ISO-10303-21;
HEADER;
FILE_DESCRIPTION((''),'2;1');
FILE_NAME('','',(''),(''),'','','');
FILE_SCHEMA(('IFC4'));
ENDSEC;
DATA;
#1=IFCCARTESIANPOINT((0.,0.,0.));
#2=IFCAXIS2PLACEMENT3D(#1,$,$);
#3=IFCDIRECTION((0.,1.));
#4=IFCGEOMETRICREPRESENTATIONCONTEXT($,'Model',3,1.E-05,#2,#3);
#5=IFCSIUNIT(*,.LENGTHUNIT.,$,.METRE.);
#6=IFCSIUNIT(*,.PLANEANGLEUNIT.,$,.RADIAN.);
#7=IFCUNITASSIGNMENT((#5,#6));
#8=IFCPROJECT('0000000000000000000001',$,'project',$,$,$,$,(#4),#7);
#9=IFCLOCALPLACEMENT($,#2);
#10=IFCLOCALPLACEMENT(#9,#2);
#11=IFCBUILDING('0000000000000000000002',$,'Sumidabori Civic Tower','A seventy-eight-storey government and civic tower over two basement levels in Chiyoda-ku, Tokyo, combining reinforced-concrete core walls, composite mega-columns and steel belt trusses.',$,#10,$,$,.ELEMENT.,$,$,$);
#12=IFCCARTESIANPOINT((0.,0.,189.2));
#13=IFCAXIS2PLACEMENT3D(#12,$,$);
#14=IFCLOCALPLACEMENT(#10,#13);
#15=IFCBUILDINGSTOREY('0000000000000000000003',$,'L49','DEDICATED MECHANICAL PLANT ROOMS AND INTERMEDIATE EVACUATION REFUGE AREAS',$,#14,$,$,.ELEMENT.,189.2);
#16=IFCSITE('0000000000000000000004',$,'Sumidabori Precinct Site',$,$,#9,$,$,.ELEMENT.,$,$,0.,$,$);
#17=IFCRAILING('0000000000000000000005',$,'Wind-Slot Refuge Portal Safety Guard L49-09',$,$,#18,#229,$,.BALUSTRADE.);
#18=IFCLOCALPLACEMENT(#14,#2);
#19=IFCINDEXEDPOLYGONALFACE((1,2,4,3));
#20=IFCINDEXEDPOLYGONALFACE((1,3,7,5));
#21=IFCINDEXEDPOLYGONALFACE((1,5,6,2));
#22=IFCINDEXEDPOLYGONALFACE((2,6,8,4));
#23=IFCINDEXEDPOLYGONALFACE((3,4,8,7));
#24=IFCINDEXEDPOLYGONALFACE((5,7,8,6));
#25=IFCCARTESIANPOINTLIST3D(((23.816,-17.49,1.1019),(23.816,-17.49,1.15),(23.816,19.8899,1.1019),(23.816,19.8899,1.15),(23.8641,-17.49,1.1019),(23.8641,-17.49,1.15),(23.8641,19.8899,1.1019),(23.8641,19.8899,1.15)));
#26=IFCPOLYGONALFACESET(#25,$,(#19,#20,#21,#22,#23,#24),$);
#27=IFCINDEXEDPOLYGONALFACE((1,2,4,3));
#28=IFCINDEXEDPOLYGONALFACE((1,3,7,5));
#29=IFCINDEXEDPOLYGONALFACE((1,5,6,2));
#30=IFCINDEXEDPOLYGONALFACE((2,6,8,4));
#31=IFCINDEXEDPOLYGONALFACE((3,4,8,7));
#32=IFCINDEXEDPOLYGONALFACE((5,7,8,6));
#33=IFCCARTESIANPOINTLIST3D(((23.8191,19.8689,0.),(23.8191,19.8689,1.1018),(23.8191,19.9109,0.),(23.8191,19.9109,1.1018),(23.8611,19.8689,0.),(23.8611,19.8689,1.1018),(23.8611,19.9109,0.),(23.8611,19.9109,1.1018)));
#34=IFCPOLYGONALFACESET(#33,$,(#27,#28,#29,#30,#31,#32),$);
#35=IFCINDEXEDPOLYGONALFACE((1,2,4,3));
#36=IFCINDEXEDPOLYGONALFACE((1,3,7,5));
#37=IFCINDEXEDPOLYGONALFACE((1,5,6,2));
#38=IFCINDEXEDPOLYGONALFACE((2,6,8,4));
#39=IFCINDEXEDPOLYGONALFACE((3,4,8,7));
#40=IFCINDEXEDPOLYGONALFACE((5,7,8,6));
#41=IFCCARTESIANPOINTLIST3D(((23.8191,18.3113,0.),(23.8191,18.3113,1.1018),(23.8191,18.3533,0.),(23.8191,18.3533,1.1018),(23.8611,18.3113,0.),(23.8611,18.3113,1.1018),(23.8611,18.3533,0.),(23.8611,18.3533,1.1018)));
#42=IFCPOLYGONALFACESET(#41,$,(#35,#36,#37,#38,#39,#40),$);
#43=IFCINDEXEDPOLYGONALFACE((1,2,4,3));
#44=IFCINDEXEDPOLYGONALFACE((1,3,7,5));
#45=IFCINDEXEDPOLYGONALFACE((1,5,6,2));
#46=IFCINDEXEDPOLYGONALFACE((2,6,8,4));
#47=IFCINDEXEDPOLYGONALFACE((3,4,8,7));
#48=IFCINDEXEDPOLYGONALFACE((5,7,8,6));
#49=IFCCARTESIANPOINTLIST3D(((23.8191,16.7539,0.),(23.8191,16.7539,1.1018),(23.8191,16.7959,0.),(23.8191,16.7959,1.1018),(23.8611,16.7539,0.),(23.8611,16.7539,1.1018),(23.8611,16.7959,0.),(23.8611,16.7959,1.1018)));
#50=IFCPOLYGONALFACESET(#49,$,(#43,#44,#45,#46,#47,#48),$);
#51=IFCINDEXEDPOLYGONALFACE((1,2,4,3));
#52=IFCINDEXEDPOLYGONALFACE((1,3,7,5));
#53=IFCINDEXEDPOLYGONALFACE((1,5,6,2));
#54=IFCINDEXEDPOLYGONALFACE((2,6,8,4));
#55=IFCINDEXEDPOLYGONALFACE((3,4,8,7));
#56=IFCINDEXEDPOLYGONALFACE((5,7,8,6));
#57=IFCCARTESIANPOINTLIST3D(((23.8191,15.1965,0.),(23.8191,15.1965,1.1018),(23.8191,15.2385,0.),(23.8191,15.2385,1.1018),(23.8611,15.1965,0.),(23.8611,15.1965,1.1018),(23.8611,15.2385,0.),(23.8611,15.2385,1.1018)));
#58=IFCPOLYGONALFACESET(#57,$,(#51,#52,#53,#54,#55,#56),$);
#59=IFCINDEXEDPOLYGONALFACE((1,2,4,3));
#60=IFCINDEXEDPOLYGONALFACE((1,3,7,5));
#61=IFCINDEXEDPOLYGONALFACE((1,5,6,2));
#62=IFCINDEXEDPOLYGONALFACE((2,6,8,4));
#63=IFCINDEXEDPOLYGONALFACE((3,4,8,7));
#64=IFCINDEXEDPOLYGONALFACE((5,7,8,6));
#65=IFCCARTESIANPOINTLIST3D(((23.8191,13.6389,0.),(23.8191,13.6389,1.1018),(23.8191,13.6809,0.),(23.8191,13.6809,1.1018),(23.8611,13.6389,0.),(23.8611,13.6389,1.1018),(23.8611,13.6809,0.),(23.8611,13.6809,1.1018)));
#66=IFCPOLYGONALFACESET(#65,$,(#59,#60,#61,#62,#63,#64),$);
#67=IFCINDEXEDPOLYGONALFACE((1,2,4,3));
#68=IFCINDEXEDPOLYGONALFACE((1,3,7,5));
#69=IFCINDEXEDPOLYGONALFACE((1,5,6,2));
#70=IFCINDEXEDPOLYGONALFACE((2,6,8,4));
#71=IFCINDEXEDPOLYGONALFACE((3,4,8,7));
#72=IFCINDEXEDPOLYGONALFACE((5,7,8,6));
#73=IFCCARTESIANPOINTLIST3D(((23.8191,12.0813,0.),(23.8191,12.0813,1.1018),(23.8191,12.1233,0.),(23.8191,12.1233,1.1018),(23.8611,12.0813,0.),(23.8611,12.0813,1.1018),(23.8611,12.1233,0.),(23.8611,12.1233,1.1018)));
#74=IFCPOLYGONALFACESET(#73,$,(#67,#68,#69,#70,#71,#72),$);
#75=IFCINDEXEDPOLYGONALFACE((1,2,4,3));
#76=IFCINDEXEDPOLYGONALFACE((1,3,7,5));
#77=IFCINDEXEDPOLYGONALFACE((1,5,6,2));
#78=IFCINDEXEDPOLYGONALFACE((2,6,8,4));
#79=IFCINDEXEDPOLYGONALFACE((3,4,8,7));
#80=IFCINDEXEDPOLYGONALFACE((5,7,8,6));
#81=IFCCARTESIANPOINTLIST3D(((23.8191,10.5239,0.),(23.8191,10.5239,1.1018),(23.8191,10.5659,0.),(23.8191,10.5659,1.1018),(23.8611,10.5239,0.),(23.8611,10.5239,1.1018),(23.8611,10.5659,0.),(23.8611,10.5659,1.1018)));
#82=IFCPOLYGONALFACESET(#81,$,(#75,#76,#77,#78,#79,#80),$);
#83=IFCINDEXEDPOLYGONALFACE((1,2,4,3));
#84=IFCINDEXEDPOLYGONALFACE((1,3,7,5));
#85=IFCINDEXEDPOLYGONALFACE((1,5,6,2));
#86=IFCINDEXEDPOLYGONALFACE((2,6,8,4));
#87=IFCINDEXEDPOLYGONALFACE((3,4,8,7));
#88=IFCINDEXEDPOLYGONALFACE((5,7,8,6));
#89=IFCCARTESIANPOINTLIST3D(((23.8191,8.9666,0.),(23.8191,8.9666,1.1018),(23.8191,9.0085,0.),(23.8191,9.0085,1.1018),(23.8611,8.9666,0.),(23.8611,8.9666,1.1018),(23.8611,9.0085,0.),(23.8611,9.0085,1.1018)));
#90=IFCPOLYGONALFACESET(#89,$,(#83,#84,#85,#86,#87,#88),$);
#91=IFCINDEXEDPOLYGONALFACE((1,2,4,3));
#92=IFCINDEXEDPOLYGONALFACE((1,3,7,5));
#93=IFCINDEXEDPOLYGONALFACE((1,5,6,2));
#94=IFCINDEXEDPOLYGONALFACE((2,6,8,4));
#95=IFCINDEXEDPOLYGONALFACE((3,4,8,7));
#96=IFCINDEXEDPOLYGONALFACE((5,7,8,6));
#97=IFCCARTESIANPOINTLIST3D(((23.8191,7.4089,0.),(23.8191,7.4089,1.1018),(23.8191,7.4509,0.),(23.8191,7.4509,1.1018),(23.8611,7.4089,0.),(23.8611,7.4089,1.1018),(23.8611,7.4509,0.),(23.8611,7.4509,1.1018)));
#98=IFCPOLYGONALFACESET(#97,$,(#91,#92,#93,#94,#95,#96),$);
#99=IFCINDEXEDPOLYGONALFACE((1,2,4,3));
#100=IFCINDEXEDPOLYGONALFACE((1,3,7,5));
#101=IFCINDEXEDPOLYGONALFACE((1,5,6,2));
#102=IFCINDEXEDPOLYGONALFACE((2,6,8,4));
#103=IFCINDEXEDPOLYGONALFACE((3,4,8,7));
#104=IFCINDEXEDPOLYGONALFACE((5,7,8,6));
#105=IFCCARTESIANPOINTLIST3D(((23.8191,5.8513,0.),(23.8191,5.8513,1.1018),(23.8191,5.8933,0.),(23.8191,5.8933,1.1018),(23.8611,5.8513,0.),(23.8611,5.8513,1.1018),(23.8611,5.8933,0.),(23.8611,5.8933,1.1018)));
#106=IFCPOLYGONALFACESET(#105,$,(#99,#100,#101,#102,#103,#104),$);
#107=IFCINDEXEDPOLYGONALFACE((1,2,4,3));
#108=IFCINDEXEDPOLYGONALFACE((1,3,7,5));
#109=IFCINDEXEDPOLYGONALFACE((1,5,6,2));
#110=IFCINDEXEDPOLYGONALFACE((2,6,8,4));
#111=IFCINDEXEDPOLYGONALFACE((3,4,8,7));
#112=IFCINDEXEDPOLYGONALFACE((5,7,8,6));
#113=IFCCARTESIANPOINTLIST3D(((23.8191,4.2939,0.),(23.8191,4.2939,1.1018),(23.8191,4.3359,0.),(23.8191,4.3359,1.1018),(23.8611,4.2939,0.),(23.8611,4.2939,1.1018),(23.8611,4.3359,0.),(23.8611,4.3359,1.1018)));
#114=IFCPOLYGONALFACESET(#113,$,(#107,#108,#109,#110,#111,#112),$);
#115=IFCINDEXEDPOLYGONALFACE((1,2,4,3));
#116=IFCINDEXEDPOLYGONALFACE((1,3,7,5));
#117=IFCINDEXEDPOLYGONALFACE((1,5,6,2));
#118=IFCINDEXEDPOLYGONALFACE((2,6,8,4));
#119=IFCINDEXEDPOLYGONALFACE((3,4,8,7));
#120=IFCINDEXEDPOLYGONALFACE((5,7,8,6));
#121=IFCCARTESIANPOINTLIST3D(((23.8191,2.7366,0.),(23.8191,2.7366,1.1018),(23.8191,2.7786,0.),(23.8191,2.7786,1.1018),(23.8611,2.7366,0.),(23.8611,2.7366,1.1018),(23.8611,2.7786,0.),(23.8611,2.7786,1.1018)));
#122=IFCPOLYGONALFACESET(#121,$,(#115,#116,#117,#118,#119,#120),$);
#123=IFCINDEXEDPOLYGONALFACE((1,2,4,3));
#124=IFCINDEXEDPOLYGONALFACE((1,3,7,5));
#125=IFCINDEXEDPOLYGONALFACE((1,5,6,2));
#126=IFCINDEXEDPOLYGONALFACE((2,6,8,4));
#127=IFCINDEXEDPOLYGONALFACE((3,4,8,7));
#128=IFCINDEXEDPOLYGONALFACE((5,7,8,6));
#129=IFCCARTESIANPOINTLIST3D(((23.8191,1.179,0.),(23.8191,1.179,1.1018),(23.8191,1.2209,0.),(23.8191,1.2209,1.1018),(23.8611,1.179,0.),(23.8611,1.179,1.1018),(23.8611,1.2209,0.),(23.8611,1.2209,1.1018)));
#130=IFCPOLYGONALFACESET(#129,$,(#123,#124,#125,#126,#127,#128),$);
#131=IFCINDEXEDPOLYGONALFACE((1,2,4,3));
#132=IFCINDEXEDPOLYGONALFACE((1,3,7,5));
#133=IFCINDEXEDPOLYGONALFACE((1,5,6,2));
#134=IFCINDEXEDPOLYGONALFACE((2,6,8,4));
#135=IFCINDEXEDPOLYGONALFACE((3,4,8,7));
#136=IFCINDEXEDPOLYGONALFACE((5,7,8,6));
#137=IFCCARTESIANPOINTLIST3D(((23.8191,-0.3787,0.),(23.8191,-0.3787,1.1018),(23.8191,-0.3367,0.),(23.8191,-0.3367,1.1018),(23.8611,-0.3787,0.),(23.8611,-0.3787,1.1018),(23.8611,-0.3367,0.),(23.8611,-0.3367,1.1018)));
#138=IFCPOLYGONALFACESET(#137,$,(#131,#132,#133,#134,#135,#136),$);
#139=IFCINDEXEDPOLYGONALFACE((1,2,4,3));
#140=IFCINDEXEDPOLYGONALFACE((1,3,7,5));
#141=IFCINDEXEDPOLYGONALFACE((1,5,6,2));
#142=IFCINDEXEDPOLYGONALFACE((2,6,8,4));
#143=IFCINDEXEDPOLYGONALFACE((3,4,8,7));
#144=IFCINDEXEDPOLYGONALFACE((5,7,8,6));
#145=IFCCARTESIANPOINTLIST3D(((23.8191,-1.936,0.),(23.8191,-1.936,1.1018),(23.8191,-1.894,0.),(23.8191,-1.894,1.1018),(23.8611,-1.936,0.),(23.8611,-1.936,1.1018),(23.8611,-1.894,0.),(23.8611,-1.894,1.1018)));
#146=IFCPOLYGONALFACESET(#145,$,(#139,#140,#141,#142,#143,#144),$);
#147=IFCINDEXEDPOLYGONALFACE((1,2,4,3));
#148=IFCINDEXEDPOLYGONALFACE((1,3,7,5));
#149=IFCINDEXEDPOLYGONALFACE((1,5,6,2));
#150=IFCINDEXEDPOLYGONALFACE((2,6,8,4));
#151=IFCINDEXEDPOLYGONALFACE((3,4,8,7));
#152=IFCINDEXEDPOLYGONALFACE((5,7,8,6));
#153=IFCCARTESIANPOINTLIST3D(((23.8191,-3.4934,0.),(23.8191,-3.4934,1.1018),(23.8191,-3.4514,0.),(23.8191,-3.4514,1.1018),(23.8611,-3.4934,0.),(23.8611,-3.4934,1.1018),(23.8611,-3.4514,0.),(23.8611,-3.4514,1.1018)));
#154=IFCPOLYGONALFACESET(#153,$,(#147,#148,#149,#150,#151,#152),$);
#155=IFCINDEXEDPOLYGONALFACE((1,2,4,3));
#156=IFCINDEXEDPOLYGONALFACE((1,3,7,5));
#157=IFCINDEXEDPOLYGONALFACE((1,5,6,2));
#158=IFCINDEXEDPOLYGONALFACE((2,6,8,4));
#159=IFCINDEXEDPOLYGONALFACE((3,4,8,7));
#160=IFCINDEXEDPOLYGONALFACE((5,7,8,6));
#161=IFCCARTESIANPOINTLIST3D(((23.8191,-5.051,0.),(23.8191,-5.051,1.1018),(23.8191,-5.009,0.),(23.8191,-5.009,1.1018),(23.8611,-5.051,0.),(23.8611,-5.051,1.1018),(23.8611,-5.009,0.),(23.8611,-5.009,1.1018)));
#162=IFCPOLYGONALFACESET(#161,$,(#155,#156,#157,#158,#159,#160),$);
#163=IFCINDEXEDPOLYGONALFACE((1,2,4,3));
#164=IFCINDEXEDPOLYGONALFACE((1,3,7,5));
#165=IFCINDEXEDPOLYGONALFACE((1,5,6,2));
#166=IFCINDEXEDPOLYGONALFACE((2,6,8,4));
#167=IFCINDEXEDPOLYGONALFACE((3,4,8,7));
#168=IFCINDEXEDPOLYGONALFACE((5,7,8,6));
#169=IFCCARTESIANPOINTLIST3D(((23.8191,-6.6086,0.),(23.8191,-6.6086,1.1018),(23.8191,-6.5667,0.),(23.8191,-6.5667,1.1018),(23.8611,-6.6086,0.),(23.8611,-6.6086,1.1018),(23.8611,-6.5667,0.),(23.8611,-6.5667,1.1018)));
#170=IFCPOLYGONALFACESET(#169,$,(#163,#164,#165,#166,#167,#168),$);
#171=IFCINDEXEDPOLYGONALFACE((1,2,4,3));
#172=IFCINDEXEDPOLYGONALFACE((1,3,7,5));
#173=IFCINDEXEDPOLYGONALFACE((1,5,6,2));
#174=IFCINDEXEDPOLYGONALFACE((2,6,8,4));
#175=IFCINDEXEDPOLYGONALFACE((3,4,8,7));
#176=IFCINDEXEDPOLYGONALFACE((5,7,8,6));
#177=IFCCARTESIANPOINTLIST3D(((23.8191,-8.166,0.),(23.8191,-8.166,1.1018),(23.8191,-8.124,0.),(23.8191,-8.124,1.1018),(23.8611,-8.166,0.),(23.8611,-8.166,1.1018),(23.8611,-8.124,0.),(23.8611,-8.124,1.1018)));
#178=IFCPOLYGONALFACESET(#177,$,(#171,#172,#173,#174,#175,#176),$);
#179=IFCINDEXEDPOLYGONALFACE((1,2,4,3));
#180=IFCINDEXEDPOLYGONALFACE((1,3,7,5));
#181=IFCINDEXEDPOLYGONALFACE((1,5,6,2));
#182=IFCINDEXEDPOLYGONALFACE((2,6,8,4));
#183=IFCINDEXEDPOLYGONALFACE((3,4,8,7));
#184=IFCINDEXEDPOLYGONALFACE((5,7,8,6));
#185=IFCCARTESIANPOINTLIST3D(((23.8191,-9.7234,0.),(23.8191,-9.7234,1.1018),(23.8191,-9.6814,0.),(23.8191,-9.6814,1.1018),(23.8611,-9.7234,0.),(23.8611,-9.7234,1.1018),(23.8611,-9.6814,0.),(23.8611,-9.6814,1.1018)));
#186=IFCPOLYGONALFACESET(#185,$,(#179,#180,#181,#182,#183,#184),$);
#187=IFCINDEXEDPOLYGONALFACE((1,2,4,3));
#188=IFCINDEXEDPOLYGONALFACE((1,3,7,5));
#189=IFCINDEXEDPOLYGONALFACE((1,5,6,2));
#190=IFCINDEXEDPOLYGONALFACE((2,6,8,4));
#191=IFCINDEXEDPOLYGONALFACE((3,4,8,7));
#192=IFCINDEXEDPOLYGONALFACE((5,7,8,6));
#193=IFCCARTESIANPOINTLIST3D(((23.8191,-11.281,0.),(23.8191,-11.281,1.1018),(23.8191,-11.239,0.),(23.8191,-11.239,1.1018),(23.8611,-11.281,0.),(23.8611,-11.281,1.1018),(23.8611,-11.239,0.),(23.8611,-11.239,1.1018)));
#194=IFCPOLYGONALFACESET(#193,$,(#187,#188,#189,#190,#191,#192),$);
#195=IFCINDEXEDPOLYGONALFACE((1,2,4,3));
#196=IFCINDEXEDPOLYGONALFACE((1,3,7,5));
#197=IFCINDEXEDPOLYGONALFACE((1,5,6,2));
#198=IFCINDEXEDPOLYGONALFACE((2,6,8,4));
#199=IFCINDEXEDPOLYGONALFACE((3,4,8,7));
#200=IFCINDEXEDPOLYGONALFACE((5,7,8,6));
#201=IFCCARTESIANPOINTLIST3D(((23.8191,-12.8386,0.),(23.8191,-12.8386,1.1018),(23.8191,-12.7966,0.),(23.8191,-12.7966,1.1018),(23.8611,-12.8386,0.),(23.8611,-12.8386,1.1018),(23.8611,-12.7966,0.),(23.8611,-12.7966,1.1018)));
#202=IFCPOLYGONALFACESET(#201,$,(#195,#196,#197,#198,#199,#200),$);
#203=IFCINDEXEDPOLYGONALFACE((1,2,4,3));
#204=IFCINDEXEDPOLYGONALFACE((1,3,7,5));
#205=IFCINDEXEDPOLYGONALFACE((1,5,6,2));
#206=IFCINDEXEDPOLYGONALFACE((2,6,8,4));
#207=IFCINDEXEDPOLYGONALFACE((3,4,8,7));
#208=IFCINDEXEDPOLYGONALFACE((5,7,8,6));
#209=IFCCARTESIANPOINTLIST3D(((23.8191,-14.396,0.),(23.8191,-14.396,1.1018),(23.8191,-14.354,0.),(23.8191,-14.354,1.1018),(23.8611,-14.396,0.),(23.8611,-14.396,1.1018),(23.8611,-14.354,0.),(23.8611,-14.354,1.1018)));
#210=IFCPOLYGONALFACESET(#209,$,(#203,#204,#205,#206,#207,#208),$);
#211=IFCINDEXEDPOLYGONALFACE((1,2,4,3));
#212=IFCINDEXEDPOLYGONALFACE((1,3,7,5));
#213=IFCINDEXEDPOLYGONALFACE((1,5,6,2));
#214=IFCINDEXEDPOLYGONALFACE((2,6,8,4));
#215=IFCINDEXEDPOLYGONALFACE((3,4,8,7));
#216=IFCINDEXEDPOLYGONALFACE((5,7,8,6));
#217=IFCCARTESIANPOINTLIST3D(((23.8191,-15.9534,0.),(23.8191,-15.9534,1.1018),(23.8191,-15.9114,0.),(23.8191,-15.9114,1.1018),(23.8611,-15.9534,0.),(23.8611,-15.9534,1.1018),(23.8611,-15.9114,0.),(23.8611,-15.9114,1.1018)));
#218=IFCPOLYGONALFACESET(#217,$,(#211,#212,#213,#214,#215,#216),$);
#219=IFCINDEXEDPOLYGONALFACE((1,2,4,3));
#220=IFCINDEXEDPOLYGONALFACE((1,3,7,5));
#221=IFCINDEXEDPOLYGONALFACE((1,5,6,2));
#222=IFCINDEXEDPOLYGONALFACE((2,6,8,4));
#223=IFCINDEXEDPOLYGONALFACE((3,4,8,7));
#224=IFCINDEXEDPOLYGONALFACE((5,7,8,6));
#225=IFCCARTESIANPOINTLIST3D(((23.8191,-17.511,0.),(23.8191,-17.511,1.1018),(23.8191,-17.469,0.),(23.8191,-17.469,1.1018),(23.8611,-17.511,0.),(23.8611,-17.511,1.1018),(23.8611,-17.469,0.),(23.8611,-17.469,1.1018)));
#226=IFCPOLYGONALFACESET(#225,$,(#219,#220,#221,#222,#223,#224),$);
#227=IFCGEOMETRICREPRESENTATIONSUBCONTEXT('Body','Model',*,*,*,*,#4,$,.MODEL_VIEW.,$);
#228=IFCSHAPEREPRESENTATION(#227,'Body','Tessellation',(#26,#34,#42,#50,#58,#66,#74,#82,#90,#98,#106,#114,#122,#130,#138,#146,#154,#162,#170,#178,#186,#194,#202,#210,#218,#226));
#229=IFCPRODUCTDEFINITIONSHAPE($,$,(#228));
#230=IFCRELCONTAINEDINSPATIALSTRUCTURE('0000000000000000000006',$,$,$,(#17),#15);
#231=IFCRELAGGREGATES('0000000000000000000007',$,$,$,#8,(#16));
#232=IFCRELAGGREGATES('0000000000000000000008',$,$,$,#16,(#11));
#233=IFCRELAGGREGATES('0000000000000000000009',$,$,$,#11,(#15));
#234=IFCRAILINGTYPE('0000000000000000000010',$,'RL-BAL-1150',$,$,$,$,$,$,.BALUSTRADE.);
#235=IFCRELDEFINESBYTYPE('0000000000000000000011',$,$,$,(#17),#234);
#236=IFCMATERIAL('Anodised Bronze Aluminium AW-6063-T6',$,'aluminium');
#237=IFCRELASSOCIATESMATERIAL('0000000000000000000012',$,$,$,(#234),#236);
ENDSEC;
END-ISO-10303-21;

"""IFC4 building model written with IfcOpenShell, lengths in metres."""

from ifc_helpers import new_model, si_unit, direction, frame, origin, origin_2d, place, context, subcontext, project, spatial, rectangle, extrude, material, type_object, element, save


model = new_model("IFC4")

# Units and contexts
model_context = context("Model", 3, precision=1e-05, world=origin(), true_north=direction((0.0, 1.0)))
body_context = subcontext(model_context, "Body", "Model", "MODEL_VIEW")
ifc_project = project(units=[si_unit("LENGTHUNIT", "METRE"), si_unit("PLANEANGLEUNIT", "RADIAN")], contexts=[model_context])

# Site, building, storey
site_placement = place(None, origin())
site = spatial("IfcSite", under=ifc_project, at=site_placement, Name="Sumidabori Precinct Site", CompositionType="ELEMENT", RefElevation=0.0)
building_placement = place(site_placement, origin())
building = spatial("IfcBuilding", under=site, at=building_placement, Name="Sumidabori Civic Tower", Description="A seventy-eight-storey government and civic tower over two basement levels in Chiyoda-ku, Tokyo, combining reinforced-concrete core walls, composite mega-columns and steel belt trusses.", CompositionType="ELEMENT")
storey_placement = place(building_placement, frame((0.0, 0.0, 189.2)))
storey = spatial("IfcBuildingStorey", under=building, at=storey_placement, Name="L49", Description="DEDICATED MECHANICAL PLANT ROOMS AND INTERMEDIATE EVACUATION REFUGE AREAS", CompositionType="ELEMENT", Elevation=189.2)

# Railing
ifc_material_1 = material(Name="Anodised Bronze Aluminium AW-6063-T6", Category="aluminium")
railing_type = type_object("IfcRailingType", Name="RL-BAL-1150", PredefinedType="BALUSTRADE", material=ifc_material_1)
railing_1_placement = place(storey_placement, frame((23.8401, 19.8899, 0.0)))
element("IfcRailing", 1, at=railing_1_placement, inside=storey, type_object=railing_type, Name="Wind-Slot Refuge Portal Safety Guard L49-09", PredefinedType="BALUSTRADE", context=body_context, shape_type="SweptSolid", body=[
    extrude(rectangle(XDim=0.0481, YDim=0.0481, at=origin_2d()), frame((0.0, 0.0, 1.126), z_axis=(0.0, -1.0, 0.0), x_axis=(1.0, 0.0, 0.0)), (0.0, 0.0, 1.0), 37.3799),
    extrude(rectangle(XDim=0.042, YDim=0.042, at=origin_2d()), origin(), (0.0, 0.0, 1.0), 1.1018),
    extrude(rectangle(XDim=0.042, YDim=0.042, at=origin_2d()), frame((0.0, -1.5576, 0.0)), (0.0, 0.0, 1.0), 1.1018),
    extrude(rectangle(XDim=0.042, YDim=0.042, at=origin_2d()), frame((0.0, -3.115, 0.0)), (0.0, 0.0, 1.0), 1.1018),
    extrude(rectangle(XDim=0.042, YDim=0.042, at=origin_2d()), frame((0.0, -4.6724, 0.0)), (0.0, 0.0, 1.0), 1.1018),
    extrude(rectangle(XDim=0.042, YDim=0.042, at=origin_2d()), frame((0.0, -6.23, 0.0)), (0.0, 0.0, 1.0), 1.1018),
    extrude(rectangle(XDim=0.042, YDim=0.042, at=origin_2d()), frame((0.0, -7.7876, 0.0)), (0.0, 0.0, 1.0), 1.1018),
    extrude(rectangle(XDim=0.042, YDim=0.042, at=origin_2d()), frame((0.0, -9.345, 0.0)), (0.0, 0.0, 1.0), 1.1018),
    extrude(rectangle(XDim=0.042, YDim=0.042, at=origin_2d()), frame((0.0, -10.9023, 0.0)), (0.0, 0.0, 1.0), 1.1018),
    extrude(rectangle(XDim=0.042, YDim=0.042, at=origin_2d()), frame((0.0, -12.46, 0.0)), (0.0, 0.0, 1.0), 1.1018),
    extrude(rectangle(XDim=0.042, YDim=0.042, at=origin_2d()), frame((0.0, -14.0176, 0.0)), (0.0, 0.0, 1.0), 1.1018),
    extrude(rectangle(XDim=0.042, YDim=0.042, at=origin_2d()), frame((0.0, -15.575, 0.0)), (0.0, 0.0, 1.0), 1.1018),
    extrude(rectangle(XDim=0.042, YDim=0.042, at=origin_2d()), frame((0.0, -17.1323, 0.0)), (0.0, 0.0, 1.0), 1.1018),
    extrude(rectangle(XDim=0.042, YDim=0.042, at=origin_2d()), frame((0.0, -18.6899, 0.0)), (0.0, 0.0, 1.0), 1.1018),
    extrude(rectangle(XDim=0.042, YDim=0.042, at=origin_2d()), frame((0.0, -20.2476, 0.0)), (0.0, 0.0, 1.0), 1.1018),
    extrude(rectangle(XDim=0.042, YDim=0.042, at=origin_2d()), frame((0.0, -21.8049, 0.0)), (0.0, 0.0, 1.0), 1.1018),
    extrude(rectangle(XDim=0.042, YDim=0.042, at=origin_2d()), frame((0.0, -23.3623, 0.0)), (0.0, 0.0, 1.0), 1.1018),
    extrude(rectangle(XDim=0.042, YDim=0.042, at=origin_2d()), frame((0.0, -24.9199, 0.0)), (0.0, 0.0, 1.0), 1.1018),
    extrude(rectangle(XDim=0.042, YDim=0.042, at=origin_2d()), frame((0.0, -26.4775, 0.0)), (0.0, 0.0, 1.0), 1.1018),
    extrude(rectangle(XDim=0.042, YDim=0.042, at=origin_2d()), frame((0.0, -28.0349, 0.0)), (0.0, 0.0, 1.0), 1.1018),
    extrude(rectangle(XDim=0.042, YDim=0.042, at=origin_2d()), frame((0.0, -29.5923, 0.0)), (0.0, 0.0, 1.0), 1.1018),
    extrude(rectangle(XDim=0.042, YDim=0.042, at=origin_2d()), frame((0.0, -31.1499, 0.0)), (0.0, 0.0, 1.0), 1.1018),
    extrude(rectangle(XDim=0.042, YDim=0.042, at=origin_2d()), frame((0.0, -32.7075, 0.0)), (0.0, 0.0, 1.0), 1.1018),
    extrude(rectangle(XDim=0.042, YDim=0.042, at=origin_2d()), frame((0.0, -34.2649, 0.0)), (0.0, 0.0, 1.0), 1.1018),
    extrude(rectangle(XDim=0.042, YDim=0.042, at=origin_2d()), frame((0.0, -35.8223, 0.0)), (0.0, 0.0, 1.0), 1.1018),
    extrude(rectangle(XDim=0.042, YDim=0.042, at=origin_2d()), frame((0.0, -37.3799, 0.0)), (0.0, 0.0, 1.0), 1.1018),
])

save(model, "model.ifc")
